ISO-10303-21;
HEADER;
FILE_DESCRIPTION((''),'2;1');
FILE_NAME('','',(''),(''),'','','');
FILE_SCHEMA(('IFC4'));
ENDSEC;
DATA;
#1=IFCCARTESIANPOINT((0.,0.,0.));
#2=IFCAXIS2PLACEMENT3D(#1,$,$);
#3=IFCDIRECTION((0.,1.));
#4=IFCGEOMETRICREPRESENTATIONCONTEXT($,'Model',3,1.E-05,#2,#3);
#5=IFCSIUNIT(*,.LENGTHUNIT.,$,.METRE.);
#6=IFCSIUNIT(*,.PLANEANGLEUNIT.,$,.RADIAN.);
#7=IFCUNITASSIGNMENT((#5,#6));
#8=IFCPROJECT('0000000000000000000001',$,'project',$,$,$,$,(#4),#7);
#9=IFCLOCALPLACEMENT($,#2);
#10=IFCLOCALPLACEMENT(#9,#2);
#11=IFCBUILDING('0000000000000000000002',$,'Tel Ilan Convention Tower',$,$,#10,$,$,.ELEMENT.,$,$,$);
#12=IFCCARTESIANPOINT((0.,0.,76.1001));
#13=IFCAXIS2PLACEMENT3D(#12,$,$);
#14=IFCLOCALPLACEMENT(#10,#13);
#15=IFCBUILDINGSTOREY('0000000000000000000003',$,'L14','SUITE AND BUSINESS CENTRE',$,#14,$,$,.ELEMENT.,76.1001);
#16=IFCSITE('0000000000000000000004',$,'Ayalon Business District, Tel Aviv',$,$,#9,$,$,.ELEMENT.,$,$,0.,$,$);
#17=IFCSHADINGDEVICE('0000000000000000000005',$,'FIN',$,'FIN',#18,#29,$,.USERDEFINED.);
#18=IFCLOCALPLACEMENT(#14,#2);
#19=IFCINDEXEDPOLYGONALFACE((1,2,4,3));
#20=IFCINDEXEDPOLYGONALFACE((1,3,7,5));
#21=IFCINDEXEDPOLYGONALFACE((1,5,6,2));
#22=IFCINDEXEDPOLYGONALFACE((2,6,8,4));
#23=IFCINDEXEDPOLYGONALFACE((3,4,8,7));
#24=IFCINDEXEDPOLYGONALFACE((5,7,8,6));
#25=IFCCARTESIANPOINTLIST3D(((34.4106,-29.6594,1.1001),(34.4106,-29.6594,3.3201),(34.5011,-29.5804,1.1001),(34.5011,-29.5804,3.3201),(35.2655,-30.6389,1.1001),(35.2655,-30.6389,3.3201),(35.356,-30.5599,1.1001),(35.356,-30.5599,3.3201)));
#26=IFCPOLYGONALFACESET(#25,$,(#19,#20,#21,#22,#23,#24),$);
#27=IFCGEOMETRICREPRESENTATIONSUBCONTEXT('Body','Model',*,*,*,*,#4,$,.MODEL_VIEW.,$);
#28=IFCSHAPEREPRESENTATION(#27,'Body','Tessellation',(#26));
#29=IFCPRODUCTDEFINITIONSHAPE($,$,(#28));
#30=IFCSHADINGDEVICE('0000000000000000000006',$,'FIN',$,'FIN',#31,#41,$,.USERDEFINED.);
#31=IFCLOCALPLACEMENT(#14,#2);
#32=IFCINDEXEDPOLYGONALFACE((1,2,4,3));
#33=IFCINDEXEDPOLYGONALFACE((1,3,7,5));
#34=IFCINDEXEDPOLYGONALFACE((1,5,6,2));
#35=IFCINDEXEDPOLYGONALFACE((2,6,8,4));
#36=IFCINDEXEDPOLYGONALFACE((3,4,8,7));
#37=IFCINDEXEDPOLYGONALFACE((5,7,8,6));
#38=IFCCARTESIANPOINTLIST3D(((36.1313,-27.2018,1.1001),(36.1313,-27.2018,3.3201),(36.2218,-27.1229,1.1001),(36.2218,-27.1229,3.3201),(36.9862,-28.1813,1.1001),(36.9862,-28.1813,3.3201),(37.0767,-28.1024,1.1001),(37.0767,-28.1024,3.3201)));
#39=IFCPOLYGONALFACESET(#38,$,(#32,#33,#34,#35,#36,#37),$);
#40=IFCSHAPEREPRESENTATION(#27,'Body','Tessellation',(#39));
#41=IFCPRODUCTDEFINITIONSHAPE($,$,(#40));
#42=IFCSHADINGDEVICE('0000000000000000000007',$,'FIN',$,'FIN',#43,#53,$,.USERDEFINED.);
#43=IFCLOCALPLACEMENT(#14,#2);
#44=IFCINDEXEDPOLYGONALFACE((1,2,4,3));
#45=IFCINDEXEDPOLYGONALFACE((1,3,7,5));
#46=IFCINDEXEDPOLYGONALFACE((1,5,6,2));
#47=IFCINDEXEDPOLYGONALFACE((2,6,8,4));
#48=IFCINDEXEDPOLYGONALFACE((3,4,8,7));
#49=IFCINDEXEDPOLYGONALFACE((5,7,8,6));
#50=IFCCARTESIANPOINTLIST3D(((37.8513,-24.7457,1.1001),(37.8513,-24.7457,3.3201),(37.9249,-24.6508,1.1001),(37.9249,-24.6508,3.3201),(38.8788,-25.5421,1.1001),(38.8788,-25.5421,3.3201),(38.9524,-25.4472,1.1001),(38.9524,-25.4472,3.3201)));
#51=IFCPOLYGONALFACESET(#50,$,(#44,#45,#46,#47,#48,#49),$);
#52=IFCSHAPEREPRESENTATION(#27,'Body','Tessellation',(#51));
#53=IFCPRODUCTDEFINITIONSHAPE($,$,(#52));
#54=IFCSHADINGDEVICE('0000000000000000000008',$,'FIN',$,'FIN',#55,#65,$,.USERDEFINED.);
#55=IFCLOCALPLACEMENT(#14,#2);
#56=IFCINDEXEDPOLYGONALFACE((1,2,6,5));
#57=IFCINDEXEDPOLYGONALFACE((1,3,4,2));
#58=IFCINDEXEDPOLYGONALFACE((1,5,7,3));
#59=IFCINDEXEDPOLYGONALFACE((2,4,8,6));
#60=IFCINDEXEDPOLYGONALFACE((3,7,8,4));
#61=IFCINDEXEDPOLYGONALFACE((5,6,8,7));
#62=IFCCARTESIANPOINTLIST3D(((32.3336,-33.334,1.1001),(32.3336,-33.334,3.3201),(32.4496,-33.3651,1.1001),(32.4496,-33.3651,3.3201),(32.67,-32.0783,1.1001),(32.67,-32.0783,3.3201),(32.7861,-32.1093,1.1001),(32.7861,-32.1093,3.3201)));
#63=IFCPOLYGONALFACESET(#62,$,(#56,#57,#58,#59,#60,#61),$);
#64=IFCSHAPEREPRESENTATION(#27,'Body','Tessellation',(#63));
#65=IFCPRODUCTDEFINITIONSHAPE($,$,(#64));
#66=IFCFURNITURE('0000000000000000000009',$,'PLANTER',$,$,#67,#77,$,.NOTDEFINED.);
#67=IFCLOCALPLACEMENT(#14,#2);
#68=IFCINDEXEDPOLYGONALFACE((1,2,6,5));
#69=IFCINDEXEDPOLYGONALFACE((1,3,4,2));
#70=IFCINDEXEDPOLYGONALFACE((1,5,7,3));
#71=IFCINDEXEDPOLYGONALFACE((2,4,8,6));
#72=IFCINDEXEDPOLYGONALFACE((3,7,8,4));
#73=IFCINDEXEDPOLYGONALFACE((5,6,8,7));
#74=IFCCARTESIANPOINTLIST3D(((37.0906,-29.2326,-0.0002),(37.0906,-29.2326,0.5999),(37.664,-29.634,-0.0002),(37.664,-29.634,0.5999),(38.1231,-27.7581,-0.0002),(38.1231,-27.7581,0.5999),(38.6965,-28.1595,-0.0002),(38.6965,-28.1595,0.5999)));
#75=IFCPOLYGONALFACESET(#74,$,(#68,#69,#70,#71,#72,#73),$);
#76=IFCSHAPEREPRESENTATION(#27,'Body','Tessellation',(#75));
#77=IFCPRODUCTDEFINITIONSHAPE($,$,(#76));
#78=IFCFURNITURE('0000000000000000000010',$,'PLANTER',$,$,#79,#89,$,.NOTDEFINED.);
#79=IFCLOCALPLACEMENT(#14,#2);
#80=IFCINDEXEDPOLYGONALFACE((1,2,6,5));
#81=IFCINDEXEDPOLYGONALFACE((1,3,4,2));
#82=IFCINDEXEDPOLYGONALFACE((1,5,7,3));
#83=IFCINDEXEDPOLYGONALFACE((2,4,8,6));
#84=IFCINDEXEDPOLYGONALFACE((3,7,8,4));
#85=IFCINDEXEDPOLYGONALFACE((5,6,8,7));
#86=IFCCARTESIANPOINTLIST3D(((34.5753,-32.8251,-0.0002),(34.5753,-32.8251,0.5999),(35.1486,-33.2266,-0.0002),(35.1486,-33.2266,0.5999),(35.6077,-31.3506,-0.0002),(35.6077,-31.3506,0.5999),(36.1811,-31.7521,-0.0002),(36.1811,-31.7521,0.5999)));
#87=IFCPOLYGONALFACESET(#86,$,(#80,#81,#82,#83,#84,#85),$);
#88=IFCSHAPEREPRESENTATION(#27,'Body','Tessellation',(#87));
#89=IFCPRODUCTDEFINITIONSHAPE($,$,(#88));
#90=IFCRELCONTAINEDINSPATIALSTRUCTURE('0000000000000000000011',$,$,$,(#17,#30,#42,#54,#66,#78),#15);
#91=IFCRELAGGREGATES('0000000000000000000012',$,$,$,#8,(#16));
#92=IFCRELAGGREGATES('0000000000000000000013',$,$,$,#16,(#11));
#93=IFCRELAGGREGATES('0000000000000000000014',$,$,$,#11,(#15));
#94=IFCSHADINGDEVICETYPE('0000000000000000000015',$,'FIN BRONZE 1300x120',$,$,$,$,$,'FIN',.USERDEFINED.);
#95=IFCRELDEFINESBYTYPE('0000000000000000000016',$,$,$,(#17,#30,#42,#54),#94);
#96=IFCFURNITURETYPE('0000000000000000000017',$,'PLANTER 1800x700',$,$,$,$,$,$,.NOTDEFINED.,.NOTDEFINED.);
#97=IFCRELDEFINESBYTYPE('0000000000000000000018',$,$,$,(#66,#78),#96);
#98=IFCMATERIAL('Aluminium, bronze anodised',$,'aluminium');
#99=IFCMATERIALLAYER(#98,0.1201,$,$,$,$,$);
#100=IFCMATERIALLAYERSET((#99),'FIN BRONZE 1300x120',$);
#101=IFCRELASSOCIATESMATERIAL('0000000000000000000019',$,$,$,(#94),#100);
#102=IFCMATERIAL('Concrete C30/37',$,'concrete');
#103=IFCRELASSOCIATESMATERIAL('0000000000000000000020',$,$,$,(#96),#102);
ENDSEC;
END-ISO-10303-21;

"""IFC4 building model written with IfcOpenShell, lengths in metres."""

from ifc_helpers import new_model, si_unit, direction, frame, origin, origin_2d, place, context, subcontext, project, spatial, rectangle, extrude, material, layer, layer_set, type_object, element, save


model = new_model("IFC4")

# Units and contexts
model_context = context("Model", 3, precision=1e-05, world=origin(), true_north=direction((0.0, 1.0)))
body_context = subcontext(model_context, "Body", "Model", "MODEL_VIEW")
ifc_project = project(units=[si_unit("LENGTHUNIT", "METRE"), si_unit("PLANEANGLEUNIT", "RADIAN")], contexts=[model_context])

# Site, building, storey
site_placement = place(None, origin())
site = spatial("IfcSite", under=ifc_project, at=site_placement, Name="Ayalon Business District, Tel Aviv", CompositionType="ELEMENT", RefElevation=0.0)
building_placement = place(site_placement, origin())
building = spatial("IfcBuilding", under=site, at=building_placement, Name="Tel Ilan Convention Tower", CompositionType="ELEMENT")
storey_placement = place(building_placement, frame((0.0, 0.0, 76.1001)))
storey = spatial("IfcBuildingStorey", under=building, at=storey_placement, Name="L14", Description="SUITE AND BUSINESS CENTRE", CompositionType="ELEMENT", Elevation=76.1001)

# Shading devices
ifc_material_1 = material(Name="Aluminium, bronze anodised", Category="aluminium")
ifc_layer_1 = layer(ifc_material_1, 0.1201)
ifc_layer_set_1 = layer_set([ifc_layer_1], Name="FIN BRONZE 1300x120")
shading_device_type = type_object("IfcShadingDeviceType", Name="FIN BRONZE 1300x120", ElementType="FIN", PredefinedType="USERDEFINED", material=ifc_layer_set_1)
for number, where, z_axis, x_axis, name in (
    (1, (34.8833, -30.1096, 1.1001), (0.0, 0.0, 1.0), (0.657521, -0.753436, 0.0), "FIN"),
    (2, (36.604, -27.6521, 1.1001), (0.0, 0.0, 1.0), (0.657521, -0.753436, 0.0), "FIN"),
    (3, (38.4019, -25.0964, 1.1001), (0.0, 0.0, 1.0), (0.790393, -0.612601, 0.0), "FIN"),
    (4, (32.5598, -32.7217, 1.1001), (0.0, 0.0, 1.0), (-0.258819, -0.965926, 0.0), "FIN"),
):
    element("IfcShadingDevice", number, at=place(storey_placement, frame(where, z_axis=z_axis, x_axis=x_axis)), inside=storey, type_object=shading_device_type, Name=name, ObjectType="FIN", PredefinedType="USERDEFINED", context=body_context, shape_type="SweptSolid", body=[
        extrude(rectangle(XDim=1.3, YDim=0.1201, at=origin_2d()), origin(), (0.0, 0.0, 1.0), 2.22),
    ])

# Furniture
ifc_material_2 = material(Name="Concrete C30/37", Category="concrete")
furniture_type = type_object("IfcFurnitureType", Name="PLANTER 1800x700", AssemblyPlace="NOTDEFINED", PredefinedType="NOTDEFINED", material=ifc_material_2)
for number, where, z_axis, x_axis, name in (
    (5, (37.8936, -28.696, -0.0002), (0.0, 0.0, 1.0), (-0.573576, -0.819152, 0.0), "PLANTER"),
    (6, (35.3782, -32.2886, -0.0002), (0.0, 0.0, 1.0), (-0.573576, -0.819152, 0.0), "PLANTER"),
):
    element("IfcFurniture", number, at=place(storey_placement, frame(where, z_axis=z_axis, x_axis=x_axis)), inside=storey, type_object=furniture_type, Name=name, PredefinedType="NOTDEFINED", context=body_context, shape_type="SweptSolid", body=[
        extrude(rectangle(XDim=1.8, YDim=0.7, at=origin_2d()), origin(), (0.0, 0.0, 1.0), 0.6001),
    ])

save(model, "model.ifc")
